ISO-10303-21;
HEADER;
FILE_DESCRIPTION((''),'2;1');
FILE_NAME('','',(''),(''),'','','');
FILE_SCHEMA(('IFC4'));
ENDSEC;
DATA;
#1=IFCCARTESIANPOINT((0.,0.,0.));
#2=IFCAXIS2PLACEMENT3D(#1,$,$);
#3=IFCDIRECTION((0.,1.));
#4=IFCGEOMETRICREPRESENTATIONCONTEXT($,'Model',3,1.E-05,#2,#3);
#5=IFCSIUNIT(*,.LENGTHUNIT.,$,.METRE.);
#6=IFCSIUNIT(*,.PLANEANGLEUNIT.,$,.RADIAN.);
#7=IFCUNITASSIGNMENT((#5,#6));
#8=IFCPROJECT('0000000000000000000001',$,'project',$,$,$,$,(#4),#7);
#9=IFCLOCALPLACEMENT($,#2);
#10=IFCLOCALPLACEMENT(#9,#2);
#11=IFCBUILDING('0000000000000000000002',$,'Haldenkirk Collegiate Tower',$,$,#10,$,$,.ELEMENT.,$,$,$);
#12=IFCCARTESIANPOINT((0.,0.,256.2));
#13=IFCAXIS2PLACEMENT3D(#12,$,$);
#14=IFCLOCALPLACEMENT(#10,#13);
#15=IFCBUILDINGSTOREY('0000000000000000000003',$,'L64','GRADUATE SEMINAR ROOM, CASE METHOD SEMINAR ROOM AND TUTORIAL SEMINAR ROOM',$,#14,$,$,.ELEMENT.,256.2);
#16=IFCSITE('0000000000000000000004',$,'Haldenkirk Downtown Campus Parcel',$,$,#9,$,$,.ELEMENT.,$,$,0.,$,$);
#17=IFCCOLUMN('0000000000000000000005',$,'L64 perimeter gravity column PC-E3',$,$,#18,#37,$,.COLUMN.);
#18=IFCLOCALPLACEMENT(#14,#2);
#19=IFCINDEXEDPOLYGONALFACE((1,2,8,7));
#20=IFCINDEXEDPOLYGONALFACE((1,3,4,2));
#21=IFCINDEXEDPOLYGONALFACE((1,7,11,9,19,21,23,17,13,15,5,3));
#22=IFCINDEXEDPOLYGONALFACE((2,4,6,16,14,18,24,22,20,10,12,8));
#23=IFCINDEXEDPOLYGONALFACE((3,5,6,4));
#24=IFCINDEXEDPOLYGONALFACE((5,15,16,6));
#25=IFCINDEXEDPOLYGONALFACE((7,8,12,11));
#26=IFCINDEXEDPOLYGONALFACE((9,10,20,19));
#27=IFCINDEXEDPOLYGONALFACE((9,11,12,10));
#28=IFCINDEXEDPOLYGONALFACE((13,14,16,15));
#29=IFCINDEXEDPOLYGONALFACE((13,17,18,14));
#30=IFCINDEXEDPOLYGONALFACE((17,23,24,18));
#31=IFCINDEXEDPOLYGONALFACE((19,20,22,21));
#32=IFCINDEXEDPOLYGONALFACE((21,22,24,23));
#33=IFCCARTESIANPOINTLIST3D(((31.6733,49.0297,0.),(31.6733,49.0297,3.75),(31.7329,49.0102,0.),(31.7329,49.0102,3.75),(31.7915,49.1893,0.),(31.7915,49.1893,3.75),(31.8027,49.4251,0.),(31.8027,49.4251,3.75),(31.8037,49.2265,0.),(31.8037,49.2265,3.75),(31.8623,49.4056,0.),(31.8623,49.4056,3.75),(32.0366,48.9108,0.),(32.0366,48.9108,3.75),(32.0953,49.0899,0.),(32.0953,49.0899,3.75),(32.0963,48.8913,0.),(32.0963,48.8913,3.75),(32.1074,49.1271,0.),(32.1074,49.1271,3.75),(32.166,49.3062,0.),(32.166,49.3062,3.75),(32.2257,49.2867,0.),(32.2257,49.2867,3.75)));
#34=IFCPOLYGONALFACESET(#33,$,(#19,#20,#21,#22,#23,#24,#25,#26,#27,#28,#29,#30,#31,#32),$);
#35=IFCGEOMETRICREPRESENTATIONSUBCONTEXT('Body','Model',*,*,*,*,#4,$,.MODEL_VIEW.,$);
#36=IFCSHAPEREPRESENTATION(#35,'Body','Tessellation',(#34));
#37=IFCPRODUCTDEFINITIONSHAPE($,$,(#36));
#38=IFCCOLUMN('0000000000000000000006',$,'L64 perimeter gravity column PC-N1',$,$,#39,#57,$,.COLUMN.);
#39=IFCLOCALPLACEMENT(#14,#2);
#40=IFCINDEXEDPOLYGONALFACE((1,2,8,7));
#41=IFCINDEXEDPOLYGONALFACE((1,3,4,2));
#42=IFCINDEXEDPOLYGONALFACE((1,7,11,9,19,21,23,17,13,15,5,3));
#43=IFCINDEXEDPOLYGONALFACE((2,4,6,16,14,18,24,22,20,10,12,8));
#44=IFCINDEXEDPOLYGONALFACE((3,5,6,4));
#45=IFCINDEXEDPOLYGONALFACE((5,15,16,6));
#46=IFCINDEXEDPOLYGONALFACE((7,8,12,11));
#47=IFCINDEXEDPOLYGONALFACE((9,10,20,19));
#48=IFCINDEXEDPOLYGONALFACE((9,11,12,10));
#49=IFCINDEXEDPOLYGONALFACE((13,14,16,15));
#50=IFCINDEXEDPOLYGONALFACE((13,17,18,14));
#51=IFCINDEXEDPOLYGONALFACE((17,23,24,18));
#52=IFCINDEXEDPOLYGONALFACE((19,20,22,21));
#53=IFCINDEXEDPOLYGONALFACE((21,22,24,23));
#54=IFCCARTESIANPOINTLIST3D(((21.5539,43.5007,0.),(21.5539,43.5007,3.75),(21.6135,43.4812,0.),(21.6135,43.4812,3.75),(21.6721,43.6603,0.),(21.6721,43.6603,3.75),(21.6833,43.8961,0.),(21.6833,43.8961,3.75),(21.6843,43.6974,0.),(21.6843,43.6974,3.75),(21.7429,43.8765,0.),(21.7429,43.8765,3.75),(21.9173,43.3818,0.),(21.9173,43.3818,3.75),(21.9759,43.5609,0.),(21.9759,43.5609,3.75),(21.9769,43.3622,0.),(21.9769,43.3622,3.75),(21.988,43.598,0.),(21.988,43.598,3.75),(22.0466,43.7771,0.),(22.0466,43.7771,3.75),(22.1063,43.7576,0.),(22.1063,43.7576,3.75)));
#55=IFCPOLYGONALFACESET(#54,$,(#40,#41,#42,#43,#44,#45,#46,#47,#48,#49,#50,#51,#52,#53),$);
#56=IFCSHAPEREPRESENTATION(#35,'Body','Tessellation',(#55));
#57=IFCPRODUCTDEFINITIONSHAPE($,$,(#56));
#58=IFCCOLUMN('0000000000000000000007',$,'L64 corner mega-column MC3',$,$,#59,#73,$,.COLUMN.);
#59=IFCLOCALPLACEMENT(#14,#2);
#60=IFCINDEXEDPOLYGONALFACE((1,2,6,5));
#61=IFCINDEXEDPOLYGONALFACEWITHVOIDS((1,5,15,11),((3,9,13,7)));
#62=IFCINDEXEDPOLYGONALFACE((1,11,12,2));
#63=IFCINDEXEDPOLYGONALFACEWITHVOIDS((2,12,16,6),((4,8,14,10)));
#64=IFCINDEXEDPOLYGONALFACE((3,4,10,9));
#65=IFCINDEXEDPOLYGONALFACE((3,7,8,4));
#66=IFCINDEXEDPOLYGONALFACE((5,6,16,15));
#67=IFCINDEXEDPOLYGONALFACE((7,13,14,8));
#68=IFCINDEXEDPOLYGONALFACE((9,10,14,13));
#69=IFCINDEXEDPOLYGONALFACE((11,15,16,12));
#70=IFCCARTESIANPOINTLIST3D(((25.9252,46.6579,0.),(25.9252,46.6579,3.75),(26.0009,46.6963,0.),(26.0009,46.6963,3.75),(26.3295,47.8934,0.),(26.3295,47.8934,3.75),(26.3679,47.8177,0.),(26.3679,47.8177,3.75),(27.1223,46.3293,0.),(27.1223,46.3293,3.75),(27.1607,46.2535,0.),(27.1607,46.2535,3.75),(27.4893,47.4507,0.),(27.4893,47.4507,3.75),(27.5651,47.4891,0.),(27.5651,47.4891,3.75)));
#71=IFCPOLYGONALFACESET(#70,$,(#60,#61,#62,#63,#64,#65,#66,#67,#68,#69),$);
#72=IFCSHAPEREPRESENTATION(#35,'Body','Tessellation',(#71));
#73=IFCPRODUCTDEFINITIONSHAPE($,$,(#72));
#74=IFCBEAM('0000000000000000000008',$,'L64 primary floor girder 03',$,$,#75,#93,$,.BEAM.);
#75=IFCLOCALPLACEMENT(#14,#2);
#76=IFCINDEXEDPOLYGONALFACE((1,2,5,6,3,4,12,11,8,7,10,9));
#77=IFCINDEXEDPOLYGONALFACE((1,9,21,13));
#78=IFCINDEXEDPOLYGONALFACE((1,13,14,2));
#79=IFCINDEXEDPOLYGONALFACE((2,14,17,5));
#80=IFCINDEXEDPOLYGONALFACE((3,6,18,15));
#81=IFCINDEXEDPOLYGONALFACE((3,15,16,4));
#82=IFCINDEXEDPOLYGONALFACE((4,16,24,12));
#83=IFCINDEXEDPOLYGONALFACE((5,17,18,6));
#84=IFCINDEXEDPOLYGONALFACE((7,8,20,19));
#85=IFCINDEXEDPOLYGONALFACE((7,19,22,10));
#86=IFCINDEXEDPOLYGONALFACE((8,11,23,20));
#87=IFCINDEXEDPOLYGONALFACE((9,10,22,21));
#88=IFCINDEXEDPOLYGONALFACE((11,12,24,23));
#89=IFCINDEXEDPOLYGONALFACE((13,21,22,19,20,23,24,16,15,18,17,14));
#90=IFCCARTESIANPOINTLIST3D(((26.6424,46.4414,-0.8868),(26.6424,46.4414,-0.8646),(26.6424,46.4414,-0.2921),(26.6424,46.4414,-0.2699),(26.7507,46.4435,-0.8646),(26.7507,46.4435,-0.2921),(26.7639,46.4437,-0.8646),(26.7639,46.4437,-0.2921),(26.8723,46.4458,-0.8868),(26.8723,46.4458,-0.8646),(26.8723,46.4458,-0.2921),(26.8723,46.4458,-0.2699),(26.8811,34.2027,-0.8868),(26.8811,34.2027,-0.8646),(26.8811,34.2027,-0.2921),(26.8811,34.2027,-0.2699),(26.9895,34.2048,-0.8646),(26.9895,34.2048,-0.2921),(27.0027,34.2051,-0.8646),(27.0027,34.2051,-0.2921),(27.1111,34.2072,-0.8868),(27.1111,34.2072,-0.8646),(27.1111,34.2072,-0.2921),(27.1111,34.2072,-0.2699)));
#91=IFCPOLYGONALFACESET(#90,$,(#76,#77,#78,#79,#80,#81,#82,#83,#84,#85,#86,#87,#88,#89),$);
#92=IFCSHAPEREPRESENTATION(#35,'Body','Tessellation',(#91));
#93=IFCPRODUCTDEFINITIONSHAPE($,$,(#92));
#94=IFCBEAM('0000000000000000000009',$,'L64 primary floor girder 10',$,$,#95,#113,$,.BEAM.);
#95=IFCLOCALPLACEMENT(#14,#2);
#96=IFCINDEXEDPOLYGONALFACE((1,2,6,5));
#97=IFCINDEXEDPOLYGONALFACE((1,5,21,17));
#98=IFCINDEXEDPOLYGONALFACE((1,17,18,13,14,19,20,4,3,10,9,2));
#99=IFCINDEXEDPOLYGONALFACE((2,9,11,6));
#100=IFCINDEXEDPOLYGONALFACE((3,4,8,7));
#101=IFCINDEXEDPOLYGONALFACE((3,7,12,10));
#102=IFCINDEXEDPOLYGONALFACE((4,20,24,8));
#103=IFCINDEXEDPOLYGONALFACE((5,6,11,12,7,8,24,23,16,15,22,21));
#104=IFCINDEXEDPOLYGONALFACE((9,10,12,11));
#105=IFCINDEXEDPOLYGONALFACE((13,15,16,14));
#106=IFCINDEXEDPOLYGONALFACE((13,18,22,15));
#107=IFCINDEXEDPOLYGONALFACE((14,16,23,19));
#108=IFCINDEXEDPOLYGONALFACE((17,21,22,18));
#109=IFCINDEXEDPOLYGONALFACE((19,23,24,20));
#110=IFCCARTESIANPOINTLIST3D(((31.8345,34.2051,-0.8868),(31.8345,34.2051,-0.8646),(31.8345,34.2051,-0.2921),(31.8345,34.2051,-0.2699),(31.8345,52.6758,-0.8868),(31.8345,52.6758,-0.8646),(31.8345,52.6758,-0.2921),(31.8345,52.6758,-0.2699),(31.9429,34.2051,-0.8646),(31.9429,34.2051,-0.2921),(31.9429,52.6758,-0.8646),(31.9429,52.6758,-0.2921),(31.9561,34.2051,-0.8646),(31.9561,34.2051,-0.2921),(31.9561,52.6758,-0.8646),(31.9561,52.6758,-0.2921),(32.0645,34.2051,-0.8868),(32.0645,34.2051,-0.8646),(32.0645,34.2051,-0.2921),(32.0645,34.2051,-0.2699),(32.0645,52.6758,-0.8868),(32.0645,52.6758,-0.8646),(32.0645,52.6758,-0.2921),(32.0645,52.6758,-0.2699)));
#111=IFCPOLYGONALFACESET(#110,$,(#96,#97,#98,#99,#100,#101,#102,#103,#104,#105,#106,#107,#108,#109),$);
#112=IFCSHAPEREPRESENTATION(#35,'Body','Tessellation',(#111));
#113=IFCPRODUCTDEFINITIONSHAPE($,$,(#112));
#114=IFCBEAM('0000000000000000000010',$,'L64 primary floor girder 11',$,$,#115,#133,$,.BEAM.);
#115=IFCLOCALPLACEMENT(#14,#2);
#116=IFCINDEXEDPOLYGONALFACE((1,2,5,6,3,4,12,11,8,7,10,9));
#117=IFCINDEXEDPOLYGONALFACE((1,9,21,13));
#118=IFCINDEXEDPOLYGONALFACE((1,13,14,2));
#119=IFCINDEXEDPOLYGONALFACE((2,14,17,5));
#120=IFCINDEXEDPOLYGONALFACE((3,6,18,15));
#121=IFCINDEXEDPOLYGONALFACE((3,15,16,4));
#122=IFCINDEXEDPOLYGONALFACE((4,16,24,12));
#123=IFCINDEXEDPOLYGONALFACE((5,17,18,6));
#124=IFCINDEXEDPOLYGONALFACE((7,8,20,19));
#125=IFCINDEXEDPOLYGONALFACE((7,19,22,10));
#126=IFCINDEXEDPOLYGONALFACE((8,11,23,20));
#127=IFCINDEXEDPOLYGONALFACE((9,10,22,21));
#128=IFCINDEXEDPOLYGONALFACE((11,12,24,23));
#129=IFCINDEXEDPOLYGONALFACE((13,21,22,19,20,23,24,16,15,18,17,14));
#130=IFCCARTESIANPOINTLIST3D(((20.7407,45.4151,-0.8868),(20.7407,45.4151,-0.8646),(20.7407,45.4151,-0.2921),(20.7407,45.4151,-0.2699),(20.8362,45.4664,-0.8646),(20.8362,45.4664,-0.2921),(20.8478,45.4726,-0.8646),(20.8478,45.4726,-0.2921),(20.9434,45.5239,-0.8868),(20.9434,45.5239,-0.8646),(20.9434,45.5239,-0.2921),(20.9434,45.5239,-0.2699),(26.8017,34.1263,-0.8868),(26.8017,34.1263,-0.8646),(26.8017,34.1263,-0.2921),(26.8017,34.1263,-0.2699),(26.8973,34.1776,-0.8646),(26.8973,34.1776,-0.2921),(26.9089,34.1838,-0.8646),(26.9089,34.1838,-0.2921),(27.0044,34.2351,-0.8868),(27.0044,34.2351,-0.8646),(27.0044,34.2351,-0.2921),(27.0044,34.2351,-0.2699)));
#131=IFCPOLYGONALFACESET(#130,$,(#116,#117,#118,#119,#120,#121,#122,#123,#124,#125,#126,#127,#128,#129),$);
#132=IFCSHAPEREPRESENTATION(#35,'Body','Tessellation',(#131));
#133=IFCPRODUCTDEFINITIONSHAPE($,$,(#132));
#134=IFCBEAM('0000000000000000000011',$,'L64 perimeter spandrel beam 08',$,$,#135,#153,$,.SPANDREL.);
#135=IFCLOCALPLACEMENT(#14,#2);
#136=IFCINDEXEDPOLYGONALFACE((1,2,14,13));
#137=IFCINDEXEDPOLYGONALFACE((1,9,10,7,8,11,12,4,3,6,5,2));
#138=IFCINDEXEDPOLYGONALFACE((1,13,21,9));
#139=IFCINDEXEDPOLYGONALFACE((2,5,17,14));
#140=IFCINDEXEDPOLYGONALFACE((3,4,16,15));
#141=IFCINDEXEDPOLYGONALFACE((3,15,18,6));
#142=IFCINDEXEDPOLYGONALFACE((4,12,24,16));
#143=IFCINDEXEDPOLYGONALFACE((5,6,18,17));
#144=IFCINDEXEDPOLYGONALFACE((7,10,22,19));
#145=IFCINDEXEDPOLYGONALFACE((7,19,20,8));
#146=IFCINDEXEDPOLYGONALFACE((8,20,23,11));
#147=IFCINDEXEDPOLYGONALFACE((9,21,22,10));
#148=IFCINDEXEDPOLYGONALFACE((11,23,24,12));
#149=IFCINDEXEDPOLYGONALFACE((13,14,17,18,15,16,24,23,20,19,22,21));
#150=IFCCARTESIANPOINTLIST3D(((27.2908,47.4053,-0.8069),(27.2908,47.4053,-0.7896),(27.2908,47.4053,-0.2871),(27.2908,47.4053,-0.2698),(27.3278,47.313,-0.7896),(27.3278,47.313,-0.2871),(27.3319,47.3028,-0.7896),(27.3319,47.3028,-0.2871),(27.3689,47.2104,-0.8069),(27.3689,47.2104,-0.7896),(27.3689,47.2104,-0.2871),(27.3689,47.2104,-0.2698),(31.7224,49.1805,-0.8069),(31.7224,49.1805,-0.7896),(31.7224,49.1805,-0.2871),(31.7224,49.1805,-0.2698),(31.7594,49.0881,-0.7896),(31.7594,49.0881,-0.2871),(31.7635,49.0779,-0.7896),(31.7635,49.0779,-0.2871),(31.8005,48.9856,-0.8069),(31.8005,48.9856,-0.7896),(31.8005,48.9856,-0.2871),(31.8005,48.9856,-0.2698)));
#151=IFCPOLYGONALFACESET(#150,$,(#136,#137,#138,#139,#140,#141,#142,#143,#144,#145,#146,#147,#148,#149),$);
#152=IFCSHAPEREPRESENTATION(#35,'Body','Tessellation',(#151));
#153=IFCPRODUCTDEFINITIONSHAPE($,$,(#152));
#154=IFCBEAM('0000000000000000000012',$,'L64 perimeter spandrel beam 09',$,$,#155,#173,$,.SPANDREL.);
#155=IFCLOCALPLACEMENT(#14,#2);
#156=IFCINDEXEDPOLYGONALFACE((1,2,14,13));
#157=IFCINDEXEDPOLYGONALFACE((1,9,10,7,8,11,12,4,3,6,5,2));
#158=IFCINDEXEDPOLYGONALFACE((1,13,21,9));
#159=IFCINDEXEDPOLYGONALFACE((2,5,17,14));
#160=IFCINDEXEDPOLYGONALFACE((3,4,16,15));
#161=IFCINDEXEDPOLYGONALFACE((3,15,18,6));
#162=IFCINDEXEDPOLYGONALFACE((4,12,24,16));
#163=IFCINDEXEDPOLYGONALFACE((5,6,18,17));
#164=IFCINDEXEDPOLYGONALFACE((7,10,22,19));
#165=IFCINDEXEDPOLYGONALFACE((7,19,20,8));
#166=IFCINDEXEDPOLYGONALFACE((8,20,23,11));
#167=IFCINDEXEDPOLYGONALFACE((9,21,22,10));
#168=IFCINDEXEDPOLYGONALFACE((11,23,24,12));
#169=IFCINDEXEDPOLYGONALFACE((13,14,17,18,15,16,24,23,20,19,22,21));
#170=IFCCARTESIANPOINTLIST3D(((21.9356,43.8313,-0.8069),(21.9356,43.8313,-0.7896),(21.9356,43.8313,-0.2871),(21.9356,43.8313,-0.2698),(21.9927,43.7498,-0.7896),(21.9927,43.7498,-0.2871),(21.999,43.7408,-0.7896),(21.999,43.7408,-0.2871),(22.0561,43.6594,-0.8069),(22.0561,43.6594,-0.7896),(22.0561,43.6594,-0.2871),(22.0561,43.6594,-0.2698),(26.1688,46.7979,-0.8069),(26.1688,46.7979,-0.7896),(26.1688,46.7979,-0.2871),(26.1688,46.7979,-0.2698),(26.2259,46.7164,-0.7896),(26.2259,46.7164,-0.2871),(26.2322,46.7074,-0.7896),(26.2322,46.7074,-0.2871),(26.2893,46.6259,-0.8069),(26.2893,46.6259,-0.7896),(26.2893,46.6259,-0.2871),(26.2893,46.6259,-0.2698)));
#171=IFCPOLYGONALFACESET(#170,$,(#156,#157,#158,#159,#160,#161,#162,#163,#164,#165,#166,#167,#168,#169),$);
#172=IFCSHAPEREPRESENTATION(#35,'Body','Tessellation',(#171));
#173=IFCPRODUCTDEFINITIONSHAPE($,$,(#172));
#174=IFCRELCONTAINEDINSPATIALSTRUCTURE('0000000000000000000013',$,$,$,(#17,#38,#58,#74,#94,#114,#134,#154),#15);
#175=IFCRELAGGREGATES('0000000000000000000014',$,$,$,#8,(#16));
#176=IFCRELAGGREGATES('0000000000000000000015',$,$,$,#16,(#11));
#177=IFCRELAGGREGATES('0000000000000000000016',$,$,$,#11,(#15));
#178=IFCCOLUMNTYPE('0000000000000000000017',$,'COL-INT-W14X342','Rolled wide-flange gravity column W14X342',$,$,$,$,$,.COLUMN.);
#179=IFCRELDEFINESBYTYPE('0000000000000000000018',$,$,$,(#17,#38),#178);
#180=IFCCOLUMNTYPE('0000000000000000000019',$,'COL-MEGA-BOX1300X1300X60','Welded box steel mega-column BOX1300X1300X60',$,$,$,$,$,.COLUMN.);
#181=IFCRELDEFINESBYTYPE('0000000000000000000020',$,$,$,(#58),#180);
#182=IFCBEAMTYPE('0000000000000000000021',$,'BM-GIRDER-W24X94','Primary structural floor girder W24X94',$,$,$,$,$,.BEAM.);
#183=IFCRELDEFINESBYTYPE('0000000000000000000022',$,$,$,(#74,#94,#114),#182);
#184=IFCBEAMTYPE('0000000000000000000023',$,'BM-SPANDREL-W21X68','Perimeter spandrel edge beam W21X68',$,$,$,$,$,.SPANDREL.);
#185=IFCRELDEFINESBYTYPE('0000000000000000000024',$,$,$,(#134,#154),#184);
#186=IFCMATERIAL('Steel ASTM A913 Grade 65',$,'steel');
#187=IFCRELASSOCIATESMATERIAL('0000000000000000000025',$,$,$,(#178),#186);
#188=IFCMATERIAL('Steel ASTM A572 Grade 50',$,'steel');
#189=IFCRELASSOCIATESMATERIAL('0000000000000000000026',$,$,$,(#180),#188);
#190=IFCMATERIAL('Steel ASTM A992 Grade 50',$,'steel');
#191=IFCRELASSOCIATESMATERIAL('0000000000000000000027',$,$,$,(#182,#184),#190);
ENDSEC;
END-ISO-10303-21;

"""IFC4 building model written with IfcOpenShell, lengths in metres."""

from ifc_helpers import new_model, si_unit, direction, frame, origin, origin_2d, place, context, subcontext, project, spatial, hollow_rectangle, i_section, extrude, material, material_profile, profile_set, type_object, element, save


model = new_model("IFC4")

# Units and contexts
model_context = context("Model", 3, precision=1e-05, world=origin(), true_north=direction((0.0, 1.0)))
body_context = subcontext(model_context, "Body", "Model", "MODEL_VIEW")
ifc_project = project(units=[si_unit("LENGTHUNIT", "METRE"), si_unit("PLANEANGLEUNIT", "RADIAN")], contexts=[model_context])

# Site, building, storey
site_placement = place(None, origin())
site = spatial("IfcSite", under=ifc_project, at=site_placement, Name="Haldenkirk Downtown Campus Parcel", CompositionType="ELEMENT", RefElevation=0.0)
building_placement = place(site_placement, origin())
building = spatial("IfcBuilding", under=site, at=building_placement, Name="Haldenkirk Collegiate Tower", CompositionType="ELEMENT")
storey_placement = place(building_placement, frame((0.0, 0.0, 256.2)))
storey = spatial("IfcBuildingStorey", under=building, at=storey_placement, Name="L64", Description="GRADUATE SEMINAR ROOM, CASE METHOD SEMINAR ROOM AND TUTORIAL SEMINAR ROOM", CompositionType="ELEMENT", Elevation=256.2)

# Columns
ifc_material_1 = material(Name="Steel ASTM A913 Grade 65", Category="steel")
ifc_material_profile_1 = material_profile(ifc_material_1, i_section(OverallWidth=0.416, OverallDepth=0.4451, WebThickness=0.0391, FlangeThickness=0.0627, at=origin_2d()), Name="W14X342")
ifc_profile_set_1 = profile_set([ifc_material_profile_1], Name="Steel ASTM A913 Grade 65")
column_type_1 = type_object("IfcColumnType", Name="COL-INT-W14X342", Description="Rolled wide-flange gravity column W14X342", PredefinedType="COLUMN", material=ifc_profile_set_1)
for number, where, z_axis, x_axis, name in (
    (1, (31.9495, 49.1582, 0.0), (0.0, 0.0, 1.0), (0.311008, 0.950407, 0.0), "L64 perimeter gravity column PC-E3"),
    (2, (21.8301, 43.6292, 0.0), (0.0, 0.0, 1.0), (0.311008, 0.950407, 0.0), "L64 perimeter gravity column PC-N1"),
):
    element("IfcColumn", number, at=place(storey_placement, frame(where, z_axis=z_axis, x_axis=x_axis)), inside=storey, type_object=column_type_1, Name=name, PredefinedType="COLUMN", context=body_context, shape_type="SweptSolid", body=[
        extrude(i_section(OverallWidth=0.416, OverallDepth=0.4451, WebThickness=0.0391, FlangeThickness=0.0627, at=origin_2d()), origin(), (0.0, 0.0, 1.0), 3.75),
    ])
ifc_material_2 = material(Name="Steel ASTM A572 Grade 50", Category="steel")
ifc_material_profile_2 = material_profile(ifc_material_2, hollow_rectangle(XDim=1.3, YDim=1.3, WallThickness=0.0601, at=origin_2d()), Name="BOX1300X1300X60")
ifc_profile_set_2 = profile_set([ifc_material_profile_2], Name="Steel ASTM A572 Grade 50")
column_type_2 = type_object("IfcColumnType", Name="COL-MEGA-BOX1300X1300X60", Description="Welded box steel mega-column BOX1300X1300X60", PredefinedType="COLUMN", material=ifc_profile_set_2)
column_placement = place(storey_placement, frame((26.7451, 47.0735, 0.0), z_axis=(0.0, 0.0, 1.0), x_axis=(0.311008, 0.950407, 0.0)))
element("IfcColumn", 3, at=column_placement, inside=storey, type_object=column_type_2, Name="L64 corner mega-column MC3", PredefinedType="COLUMN", context=body_context, shape_type="SweptSolid", body=[
    extrude(hollow_rectangle(XDim=1.3, YDim=1.3, WallThickness=0.0601, at=origin_2d()), origin(), (0.0, 0.0, 1.0), 3.75),
])

# Beams
ifc_material_3 = material(Name="Steel ASTM A992 Grade 50", Category="steel")
ifc_material_profile_3 = material_profile(ifc_material_3, i_section(OverallWidth=0.23, OverallDepth=0.6169, WebThickness=0.0132, FlangeThickness=0.0222, at=origin_2d()), Name="W24X94")
ifc_profile_set_3 = profile_set([ifc_material_profile_3], Name="Steel ASTM A992 Grade 50")
beam_type_1 = type_object("IfcBeamType", Name="BM-GIRDER-W24X94", Description="Primary structural floor girder W24X94", PredefinedType="BEAM", material=ifc_profile_set_3)
beam_1_placement = place(storey_placement, frame((26.7573, 46.4436, -0.5784), z_axis=(0.019506, -0.99981, 0.0), x_axis=(0.99981, 0.019506, 0.0)))
element("IfcBeam", 4, at=beam_1_placement, inside=storey, type_object=beam_type_1, Name="L64 primary floor girder 03", PredefinedType="BEAM", context=body_context, shape_type="SweptSolid", body=[
    extrude(i_section(OverallWidth=0.23, OverallDepth=0.6169, WebThickness=0.0132, FlangeThickness=0.0222, at=origin_2d()), origin(), (0.0, 0.0, 1.0), 12.241),
])
beam_2_placement = place(storey_placement, frame((31.9495, 52.6758, -0.5784), z_axis=(0.0, -1.0, 0.0), x_axis=(1.0, 0.0, 0.0)))
element("IfcBeam", 5, at=beam_2_placement, inside=storey, type_object=beam_type_1, Name="L64 primary floor girder 10", PredefinedType="BEAM", context=body_context, shape_type="SweptSolid", body=[
    extrude(i_section(OverallWidth=0.23, OverallDepth=0.6169, WebThickness=0.0132, FlangeThickness=0.0222, at=origin_2d()), origin(), (0.0, 0.0, 1.0), 18.4707),
])
beam_3_placement = place(storey_placement, frame((20.842, 45.4695, -0.5784), z_axis=(0.473037, -0.881043, 0.0), x_axis=(0.881043, 0.473037, 0.0)))
element("IfcBeam", 6, at=beam_3_placement, inside=storey, type_object=beam_type_1, Name="L64 primary floor girder 11", PredefinedType="BEAM", context=body_context, shape_type="SweptSolid", body=[
    extrude(i_section(OverallWidth=0.23, OverallDepth=0.6169, WebThickness=0.0132, FlangeThickness=0.0222, at=origin_2d()), origin(), (0.0, 0.0, 1.0), 12.813),
])
ifc_material_profile_4 = material_profile(ifc_material_3, i_section(OverallWidth=0.21, OverallDepth=0.5371, WebThickness=0.011, FlangeThickness=0.0173, at=origin_2d()), Name="W21X68")
ifc_profile_set_4 = profile_set([ifc_material_profile_4], Name="Steel ASTM A992 Grade 50")
beam_type_2 = type_object("IfcBeamType", Name="BM-SPANDREL-W21X68", Description="Perimeter spandrel edge beam W21X68", PredefinedType="SPANDREL", material=ifc_profile_set_4)
beam_4_placement = place(storey_placement, frame((31.7615, 49.083, -0.5383), z_axis=(-0.928297, -0.37184, 0.0), x_axis=(0.37184, -0.928297, 0.0)))
element("IfcBeam", 7, at=beam_4_placement, inside=storey, type_object=beam_type_2, Name="L64 perimeter spandrel beam 08", PredefinedType="SPANDREL", context=body_context, shape_type="SweptSolid", body=[
    extrude(i_section(OverallWidth=0.21, OverallDepth=0.5371, WebThickness=0.011, FlangeThickness=0.0173, at=origin_2d()), origin(), (0.0, 0.0, 1.0), 4.7739),
])
beam_5_placement = place(storey_placement, frame((26.229, 46.7119, -0.5383), z_axis=(-0.818928, -0.573897, 0.0), x_axis=(0.573897, -0.818928, 0.0)))
element("IfcBeam", 8, at=beam_5_placement, inside=storey, type_object=beam_type_2, Name="L64 perimeter spandrel beam 09", PredefinedType="SPANDREL", context=body_context, shape_type="SweptSolid", body=[
    extrude(i_section(OverallWidth=0.21, OverallDepth=0.5371, WebThickness=0.011, FlangeThickness=0.0173, at=origin_2d()), origin(), (0.0, 0.0, 1.0), 5.1692),
])

save(model, "model.ifc")
